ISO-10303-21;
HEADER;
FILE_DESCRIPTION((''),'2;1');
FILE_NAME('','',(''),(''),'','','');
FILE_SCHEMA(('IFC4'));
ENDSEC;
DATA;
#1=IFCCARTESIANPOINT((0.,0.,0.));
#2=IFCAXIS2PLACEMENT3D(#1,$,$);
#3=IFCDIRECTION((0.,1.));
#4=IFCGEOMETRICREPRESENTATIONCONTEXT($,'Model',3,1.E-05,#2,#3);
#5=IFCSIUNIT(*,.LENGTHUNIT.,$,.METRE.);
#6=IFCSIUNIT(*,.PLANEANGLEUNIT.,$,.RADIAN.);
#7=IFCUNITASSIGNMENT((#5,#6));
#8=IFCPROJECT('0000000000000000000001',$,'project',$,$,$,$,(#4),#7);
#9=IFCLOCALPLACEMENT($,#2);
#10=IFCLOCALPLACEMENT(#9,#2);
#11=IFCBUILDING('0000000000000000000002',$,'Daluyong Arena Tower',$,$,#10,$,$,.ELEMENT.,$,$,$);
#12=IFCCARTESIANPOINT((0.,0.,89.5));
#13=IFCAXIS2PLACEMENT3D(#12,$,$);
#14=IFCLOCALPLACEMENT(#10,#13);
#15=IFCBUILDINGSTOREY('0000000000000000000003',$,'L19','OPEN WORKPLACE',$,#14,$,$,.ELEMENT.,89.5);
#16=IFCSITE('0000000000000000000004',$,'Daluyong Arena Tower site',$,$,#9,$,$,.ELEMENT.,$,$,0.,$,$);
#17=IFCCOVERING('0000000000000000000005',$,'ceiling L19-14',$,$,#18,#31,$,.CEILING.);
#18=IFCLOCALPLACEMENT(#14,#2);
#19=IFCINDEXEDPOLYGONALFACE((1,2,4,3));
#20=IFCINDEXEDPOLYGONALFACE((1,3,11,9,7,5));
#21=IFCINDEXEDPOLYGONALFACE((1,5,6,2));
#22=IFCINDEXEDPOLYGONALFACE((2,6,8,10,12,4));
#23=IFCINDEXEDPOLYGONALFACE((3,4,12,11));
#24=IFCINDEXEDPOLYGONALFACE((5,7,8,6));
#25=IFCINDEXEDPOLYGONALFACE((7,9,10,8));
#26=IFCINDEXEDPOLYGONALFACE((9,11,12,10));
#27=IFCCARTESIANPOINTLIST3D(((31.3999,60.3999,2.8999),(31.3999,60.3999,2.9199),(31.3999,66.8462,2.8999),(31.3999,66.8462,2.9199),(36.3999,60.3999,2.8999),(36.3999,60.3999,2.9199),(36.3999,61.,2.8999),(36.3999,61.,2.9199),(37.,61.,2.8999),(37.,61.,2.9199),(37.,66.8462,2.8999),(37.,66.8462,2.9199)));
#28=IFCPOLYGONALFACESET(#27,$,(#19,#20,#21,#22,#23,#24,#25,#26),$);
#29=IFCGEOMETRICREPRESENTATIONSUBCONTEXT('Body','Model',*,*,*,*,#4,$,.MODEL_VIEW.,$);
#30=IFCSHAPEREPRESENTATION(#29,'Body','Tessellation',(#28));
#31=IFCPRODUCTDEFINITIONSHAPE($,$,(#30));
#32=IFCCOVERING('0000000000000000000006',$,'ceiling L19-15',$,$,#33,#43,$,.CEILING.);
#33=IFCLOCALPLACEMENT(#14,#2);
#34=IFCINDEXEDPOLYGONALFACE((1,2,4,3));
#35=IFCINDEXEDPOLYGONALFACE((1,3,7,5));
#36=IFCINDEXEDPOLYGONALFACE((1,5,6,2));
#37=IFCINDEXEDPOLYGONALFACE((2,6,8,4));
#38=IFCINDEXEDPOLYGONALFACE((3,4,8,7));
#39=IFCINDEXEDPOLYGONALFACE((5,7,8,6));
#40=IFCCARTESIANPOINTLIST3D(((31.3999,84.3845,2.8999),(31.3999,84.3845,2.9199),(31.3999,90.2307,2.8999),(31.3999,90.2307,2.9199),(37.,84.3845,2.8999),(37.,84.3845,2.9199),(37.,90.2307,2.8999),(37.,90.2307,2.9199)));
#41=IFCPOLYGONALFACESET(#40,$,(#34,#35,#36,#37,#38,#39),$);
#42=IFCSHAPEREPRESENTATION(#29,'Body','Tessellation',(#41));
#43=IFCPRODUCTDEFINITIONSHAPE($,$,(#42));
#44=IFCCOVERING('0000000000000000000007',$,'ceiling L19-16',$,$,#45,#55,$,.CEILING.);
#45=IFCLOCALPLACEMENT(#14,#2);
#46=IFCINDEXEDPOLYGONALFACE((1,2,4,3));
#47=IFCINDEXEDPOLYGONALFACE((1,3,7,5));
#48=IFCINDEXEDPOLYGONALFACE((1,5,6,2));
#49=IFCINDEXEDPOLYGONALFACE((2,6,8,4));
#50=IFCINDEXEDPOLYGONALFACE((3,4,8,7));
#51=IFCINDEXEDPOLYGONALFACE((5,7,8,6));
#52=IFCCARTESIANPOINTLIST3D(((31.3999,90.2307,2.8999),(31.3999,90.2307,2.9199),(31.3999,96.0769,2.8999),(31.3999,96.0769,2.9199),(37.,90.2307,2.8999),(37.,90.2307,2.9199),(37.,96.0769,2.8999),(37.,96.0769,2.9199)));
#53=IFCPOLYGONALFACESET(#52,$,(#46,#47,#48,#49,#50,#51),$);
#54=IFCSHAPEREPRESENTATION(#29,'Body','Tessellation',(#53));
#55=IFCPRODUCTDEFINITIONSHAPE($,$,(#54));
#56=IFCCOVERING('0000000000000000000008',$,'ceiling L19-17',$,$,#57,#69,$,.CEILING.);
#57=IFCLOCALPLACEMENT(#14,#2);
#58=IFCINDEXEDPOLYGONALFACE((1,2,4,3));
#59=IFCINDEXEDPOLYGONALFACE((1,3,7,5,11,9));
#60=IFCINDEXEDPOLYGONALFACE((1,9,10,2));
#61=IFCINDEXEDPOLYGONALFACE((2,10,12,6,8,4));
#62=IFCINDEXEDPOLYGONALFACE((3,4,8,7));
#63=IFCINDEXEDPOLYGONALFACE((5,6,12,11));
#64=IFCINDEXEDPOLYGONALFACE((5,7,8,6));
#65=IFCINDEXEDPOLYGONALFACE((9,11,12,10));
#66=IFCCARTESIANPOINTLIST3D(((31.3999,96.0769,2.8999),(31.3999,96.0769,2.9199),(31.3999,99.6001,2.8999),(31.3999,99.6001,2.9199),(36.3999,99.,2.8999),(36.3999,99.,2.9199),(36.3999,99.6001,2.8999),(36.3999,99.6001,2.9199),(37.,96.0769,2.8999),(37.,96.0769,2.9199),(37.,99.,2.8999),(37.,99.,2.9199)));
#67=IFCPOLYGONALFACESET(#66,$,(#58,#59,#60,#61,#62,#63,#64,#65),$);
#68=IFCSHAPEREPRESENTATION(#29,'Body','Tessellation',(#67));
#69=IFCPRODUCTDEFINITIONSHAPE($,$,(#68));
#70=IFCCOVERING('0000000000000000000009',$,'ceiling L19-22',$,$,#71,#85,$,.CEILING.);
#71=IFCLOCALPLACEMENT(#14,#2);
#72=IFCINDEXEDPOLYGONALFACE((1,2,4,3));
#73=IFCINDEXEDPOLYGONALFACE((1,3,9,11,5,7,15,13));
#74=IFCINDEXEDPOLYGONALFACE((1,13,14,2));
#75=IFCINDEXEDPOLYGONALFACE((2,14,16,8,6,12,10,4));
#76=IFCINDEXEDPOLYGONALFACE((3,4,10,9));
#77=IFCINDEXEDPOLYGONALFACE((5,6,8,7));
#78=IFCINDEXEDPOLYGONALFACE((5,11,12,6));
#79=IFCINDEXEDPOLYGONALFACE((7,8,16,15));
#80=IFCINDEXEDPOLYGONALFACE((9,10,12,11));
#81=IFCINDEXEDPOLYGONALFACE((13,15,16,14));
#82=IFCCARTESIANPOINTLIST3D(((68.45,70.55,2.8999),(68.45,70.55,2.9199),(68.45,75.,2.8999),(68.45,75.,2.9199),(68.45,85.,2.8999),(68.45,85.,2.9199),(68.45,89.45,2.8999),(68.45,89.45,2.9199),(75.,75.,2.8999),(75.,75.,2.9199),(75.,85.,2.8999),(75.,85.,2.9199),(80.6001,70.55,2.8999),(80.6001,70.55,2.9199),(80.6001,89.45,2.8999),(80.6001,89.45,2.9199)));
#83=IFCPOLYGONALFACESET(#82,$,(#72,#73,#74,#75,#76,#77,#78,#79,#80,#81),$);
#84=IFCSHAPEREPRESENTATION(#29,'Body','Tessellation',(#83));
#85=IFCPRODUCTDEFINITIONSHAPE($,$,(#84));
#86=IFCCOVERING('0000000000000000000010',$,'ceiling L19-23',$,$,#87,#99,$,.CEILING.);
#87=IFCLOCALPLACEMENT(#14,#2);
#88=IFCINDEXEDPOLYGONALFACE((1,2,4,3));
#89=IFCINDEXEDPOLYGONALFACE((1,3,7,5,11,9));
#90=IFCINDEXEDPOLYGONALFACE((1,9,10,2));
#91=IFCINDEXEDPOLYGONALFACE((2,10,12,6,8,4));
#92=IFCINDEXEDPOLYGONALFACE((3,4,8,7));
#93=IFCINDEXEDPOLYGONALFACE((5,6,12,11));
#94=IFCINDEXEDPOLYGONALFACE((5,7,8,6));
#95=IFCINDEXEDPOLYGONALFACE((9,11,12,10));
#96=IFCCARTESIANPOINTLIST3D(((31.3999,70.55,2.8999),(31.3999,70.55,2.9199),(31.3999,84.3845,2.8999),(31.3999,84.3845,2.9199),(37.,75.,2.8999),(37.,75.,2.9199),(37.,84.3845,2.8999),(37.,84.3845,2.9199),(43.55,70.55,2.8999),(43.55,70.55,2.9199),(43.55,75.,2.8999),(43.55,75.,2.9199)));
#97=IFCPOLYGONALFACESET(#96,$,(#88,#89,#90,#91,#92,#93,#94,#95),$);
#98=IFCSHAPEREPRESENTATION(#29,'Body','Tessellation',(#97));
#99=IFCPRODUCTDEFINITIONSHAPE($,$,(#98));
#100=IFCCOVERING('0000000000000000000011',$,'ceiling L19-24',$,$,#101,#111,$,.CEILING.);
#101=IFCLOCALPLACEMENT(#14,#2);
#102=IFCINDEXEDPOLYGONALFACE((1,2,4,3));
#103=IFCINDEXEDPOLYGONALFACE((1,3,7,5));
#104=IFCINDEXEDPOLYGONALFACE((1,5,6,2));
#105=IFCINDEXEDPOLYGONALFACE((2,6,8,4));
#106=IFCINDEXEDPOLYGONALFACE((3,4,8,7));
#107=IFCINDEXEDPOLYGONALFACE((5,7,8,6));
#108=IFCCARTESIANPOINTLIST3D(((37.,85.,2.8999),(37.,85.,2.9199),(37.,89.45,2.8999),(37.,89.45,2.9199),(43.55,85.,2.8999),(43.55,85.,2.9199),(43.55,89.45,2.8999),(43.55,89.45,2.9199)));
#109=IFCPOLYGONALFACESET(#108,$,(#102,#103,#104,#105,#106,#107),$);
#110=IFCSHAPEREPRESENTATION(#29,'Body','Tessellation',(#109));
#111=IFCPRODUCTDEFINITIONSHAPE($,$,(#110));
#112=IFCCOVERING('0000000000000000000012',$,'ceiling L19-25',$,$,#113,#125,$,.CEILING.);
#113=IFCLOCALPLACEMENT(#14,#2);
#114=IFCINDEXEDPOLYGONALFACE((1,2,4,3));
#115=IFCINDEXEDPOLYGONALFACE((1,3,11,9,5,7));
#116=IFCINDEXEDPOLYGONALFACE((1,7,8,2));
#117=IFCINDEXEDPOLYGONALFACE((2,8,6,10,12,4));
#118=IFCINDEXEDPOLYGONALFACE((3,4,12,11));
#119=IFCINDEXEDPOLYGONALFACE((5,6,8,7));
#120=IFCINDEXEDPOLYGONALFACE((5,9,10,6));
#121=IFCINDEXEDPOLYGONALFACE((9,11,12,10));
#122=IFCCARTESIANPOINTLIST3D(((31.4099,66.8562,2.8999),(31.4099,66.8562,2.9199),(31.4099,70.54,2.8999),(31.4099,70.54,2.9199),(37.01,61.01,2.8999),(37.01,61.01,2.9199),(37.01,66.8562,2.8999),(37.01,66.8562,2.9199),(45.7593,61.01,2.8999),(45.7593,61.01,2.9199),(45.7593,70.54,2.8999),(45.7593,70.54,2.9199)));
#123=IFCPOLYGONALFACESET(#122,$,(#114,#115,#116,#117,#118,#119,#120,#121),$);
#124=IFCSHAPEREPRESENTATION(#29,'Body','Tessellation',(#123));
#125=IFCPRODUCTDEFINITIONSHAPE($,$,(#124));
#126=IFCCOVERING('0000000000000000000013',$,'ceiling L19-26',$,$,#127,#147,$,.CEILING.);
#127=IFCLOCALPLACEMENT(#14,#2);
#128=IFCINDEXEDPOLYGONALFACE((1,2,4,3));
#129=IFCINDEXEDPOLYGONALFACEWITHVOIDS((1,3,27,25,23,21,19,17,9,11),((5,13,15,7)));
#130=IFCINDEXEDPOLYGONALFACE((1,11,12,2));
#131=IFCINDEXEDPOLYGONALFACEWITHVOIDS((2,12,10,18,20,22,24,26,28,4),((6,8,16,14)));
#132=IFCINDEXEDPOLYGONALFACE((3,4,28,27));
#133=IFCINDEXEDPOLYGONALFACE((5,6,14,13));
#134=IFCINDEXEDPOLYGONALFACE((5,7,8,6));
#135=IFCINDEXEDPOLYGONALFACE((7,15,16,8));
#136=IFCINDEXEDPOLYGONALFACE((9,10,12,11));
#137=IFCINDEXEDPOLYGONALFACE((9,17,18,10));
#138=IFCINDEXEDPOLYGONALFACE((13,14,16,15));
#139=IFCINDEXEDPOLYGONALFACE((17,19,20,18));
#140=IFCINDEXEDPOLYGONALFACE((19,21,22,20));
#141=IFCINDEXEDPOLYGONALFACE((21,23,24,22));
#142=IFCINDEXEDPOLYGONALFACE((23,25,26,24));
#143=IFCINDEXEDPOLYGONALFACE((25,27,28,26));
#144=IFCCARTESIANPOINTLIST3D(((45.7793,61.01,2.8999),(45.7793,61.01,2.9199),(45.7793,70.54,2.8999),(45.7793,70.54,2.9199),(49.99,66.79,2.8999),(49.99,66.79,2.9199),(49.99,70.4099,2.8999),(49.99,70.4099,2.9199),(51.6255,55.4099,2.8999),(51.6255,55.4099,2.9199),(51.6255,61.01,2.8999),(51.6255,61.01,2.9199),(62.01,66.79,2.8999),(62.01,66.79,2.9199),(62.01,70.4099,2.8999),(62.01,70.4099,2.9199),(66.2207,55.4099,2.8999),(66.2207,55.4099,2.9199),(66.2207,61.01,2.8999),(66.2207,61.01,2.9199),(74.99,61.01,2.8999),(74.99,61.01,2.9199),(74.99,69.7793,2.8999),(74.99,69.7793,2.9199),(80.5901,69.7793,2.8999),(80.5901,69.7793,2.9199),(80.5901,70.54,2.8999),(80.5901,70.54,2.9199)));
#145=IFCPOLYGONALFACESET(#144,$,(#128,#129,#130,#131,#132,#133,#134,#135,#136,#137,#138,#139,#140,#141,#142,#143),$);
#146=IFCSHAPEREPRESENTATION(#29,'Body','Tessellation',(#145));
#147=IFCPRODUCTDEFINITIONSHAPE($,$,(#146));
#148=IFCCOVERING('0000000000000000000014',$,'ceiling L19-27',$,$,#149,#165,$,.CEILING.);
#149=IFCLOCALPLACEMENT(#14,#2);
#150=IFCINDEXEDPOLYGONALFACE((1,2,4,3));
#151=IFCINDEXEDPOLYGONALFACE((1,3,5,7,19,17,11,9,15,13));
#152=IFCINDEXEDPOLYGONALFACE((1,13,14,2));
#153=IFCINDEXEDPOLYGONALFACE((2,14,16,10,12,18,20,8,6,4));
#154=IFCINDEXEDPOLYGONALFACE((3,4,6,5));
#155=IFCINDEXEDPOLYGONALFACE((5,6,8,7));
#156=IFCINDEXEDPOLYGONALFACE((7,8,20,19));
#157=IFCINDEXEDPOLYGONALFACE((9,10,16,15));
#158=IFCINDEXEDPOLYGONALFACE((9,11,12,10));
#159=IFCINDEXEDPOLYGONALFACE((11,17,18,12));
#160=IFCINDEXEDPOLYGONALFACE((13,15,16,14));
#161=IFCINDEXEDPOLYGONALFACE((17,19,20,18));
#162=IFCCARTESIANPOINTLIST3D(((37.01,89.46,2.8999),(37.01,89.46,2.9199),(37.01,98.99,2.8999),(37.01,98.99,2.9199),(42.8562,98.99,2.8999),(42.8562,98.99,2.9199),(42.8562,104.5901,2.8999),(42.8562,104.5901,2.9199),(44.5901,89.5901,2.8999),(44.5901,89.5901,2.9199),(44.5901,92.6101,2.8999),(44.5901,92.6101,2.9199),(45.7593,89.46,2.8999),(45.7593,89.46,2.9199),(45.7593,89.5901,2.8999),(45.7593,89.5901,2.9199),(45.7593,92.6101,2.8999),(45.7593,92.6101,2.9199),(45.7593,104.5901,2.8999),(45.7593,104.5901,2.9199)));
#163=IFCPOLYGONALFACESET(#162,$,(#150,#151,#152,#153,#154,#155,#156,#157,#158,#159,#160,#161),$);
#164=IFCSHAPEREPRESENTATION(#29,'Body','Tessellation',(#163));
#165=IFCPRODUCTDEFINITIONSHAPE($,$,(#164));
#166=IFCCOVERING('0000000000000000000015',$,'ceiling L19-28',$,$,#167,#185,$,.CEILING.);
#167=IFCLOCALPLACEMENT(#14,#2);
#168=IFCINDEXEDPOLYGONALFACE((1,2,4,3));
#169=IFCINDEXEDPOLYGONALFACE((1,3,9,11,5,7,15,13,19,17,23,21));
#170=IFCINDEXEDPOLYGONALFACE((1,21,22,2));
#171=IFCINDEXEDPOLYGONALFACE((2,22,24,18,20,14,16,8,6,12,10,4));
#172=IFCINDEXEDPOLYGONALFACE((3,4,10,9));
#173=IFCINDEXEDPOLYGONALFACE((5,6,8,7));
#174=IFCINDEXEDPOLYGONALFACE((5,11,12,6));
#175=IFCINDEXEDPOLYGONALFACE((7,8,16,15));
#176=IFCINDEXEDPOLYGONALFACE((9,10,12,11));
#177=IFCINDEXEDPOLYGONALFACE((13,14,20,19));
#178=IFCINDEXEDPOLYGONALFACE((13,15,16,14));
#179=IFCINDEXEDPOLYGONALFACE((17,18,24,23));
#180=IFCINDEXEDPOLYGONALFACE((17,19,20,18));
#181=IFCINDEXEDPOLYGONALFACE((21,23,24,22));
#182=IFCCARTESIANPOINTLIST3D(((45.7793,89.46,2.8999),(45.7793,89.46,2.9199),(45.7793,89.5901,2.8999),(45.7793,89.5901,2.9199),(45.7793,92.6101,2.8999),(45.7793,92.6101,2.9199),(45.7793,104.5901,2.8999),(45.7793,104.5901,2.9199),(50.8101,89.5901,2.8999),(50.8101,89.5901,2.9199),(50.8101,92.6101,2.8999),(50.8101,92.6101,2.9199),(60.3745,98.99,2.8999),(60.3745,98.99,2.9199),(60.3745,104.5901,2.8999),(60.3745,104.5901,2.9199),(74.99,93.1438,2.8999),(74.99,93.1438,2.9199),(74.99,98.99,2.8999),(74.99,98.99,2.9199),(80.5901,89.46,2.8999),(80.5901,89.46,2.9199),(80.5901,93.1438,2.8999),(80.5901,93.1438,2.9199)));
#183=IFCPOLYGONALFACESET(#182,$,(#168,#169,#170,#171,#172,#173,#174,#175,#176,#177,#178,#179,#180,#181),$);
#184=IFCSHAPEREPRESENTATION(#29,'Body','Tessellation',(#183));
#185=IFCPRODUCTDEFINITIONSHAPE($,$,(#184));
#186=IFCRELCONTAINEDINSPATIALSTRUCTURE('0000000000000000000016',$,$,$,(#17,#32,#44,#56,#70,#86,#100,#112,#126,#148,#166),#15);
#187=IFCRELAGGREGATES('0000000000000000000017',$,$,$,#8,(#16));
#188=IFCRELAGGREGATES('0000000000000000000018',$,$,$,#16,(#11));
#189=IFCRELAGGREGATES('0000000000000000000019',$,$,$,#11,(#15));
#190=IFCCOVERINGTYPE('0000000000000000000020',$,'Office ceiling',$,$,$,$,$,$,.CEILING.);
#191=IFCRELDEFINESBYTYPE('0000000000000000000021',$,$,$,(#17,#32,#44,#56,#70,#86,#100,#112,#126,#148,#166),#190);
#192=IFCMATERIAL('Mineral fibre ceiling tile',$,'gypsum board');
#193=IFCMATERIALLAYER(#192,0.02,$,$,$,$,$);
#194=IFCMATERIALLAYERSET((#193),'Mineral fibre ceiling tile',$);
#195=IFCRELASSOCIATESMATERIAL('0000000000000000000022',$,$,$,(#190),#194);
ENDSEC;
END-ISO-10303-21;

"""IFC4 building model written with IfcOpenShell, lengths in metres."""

from ifc_helpers import new_model, si_unit, direction, frame, origin, place, context, subcontext, project, spatial, polyline, outline, extrude, material, layer, layer_set, type_object, element, save


model = new_model("IFC4")

# Units and contexts
model_context = context("Model", 3, precision=1e-05, world=origin(), true_north=direction((0.0, 1.0)))
body_context = subcontext(model_context, "Body", "Model", "MODEL_VIEW")
ifc_project = project(units=[si_unit("LENGTHUNIT", "METRE"), si_unit("PLANEANGLEUNIT", "RADIAN")], contexts=[model_context])

# Site, building, storey
site_placement = place(None, origin())
site = spatial("IfcSite", under=ifc_project, at=site_placement, Name="Daluyong Arena Tower site", CompositionType="ELEMENT", RefElevation=0.0)
building_placement = place(site_placement, origin())
building = spatial("IfcBuilding", under=site, at=building_placement, Name="Daluyong Arena Tower", CompositionType="ELEMENT")
storey_placement = place(building_placement, frame((0.0, 0.0, 89.5)))
storey = spatial("IfcBuildingStorey", under=building, at=storey_placement, Name="L19", Description="OPEN WORKPLACE", CompositionType="ELEMENT", Elevation=89.5)

# Coverings
ifc_material_1 = material(Name="Mineral fibre ceiling tile", Category="gypsum board")
ifc_layer_1 = layer(ifc_material_1, 0.02)
ifc_layer_set_1 = layer_set([ifc_layer_1], Name="Mineral fibre ceiling tile")
covering_type = type_object("IfcCoveringType", Name="Office ceiling", PredefinedType="CEILING", material=ifc_layer_set_1)
covering_1_placement = place(storey_placement, frame((0.0, 0.0, 2.8999)))
element("IfcCovering", 1, at=covering_1_placement, inside=storey, type_object=covering_type, Name="ceiling L19-14", PredefinedType="CEILING", context=body_context, shape_type="SweptSolid", body=[
    extrude(outline(polyline([(31.3999, 60.3999), (36.3999, 60.3999), (36.3999, 61.0), (37.0, 61.0), (37.0, 66.8462), (31.3999, 66.8462), (31.3999, 60.3999)])), origin(), (0.0, 0.0, 1.0), 0.02),
])
covering_2_placement = place(storey_placement, frame((0.0, 0.0, 2.8999)))
element("IfcCovering", 2, at=covering_2_placement, inside=storey, type_object=covering_type, Name="ceiling L19-15", PredefinedType="CEILING", context=body_context, shape_type="SweptSolid", body=[
    extrude(outline(polyline([(37.0, 90.2307), (31.3999, 90.2307), (31.3999, 84.3845), (37.0, 84.3845), (37.0, 90.2307)])), origin(), (0.0, 0.0, 1.0), 0.02),
])
covering_3_placement = place(storey_placement, frame((0.0, 0.0, 2.8999)))
element("IfcCovering", 3, at=covering_3_placement, inside=storey, type_object=covering_type, Name="ceiling L19-16", PredefinedType="CEILING", context=body_context, shape_type="SweptSolid", body=[
    extrude(outline(polyline([(37.0, 96.0769), (31.3999, 96.0769), (31.3999, 90.2307), (37.0, 90.2307), (37.0, 96.0769)])), origin(), (0.0, 0.0, 1.0), 0.02),
])
covering_4_placement = place(storey_placement, frame((0.0, 0.0, 2.8999)))
element("IfcCovering", 4, at=covering_4_placement, inside=storey, type_object=covering_type, Name="ceiling L19-17", PredefinedType="CEILING", context=body_context, shape_type="SweptSolid", body=[
    extrude(outline(polyline([(37.0, 96.0769), (37.0, 99.0), (36.3999, 99.0), (36.3999, 99.6001), (31.3999, 99.6001), (31.3999, 96.0769), (37.0, 96.0769)])), origin(), (0.0, 0.0, 1.0), 0.02),
])
covering_5_placement = place(storey_placement, frame((0.0, 0.0, 2.8999)))
element("IfcCovering", 5, at=covering_5_placement, inside=storey, type_object=covering_type, Name="ceiling L19-22", PredefinedType="CEILING", context=body_context, shape_type="SweptSolid", body=[
    extrude(outline(polyline([(68.45, 75.0), (68.45, 70.55), (80.6001, 70.55), (80.6001, 89.45), (68.45, 89.45), (68.45, 85.0), (75.0, 85.0), (75.0, 75.0), (68.45, 75.0)])), origin(), (0.0, 0.0, 1.0), 0.02),
])
covering_6_placement = place(storey_placement, frame((0.0, 0.0, 2.8999)))
element("IfcCovering", 6, at=covering_6_placement, inside=storey, type_object=covering_type, Name="ceiling L19-23", PredefinedType="CEILING", context=body_context, shape_type="SweptSolid", body=[
    extrude(outline(polyline([(43.55, 75.0), (37.0, 75.0), (37.0, 84.3845), (31.3999, 84.3845), (31.3999, 70.55), (43.55, 70.55), (43.55, 75.0)])), origin(), (0.0, 0.0, 1.0), 0.02),
])
covering_7_placement = place(storey_placement, frame((0.0, 0.0, 2.8999)))
element("IfcCovering", 7, at=covering_7_placement, inside=storey, type_object=covering_type, Name="ceiling L19-24", PredefinedType="CEILING", context=body_context, shape_type="SweptSolid", body=[
    extrude(outline(polyline([(43.55, 85.0), (43.55, 89.45), (37.0, 89.45), (37.0, 85.0), (43.55, 85.0)])), origin(), (0.0, 0.0, 1.0), 0.02),
])
covering_8_placement = place(storey_placement, frame((0.0, 0.0, 2.8999)))
element("IfcCovering", 8, at=covering_8_placement, inside=storey, type_object=covering_type, Name="ceiling L19-25", PredefinedType="CEILING", context=body_context, shape_type="SweptSolid", body=[
    extrude(outline(polyline([(37.01, 61.01), (45.7593, 61.01), (45.7593, 70.54), (31.4099, 70.54), (31.4099, 66.8562), (37.01, 66.8562), (37.01, 61.01)])), origin(), (0.0, 0.0, 1.0), 0.02),
])
covering_9_placement = place(storey_placement, frame((0.0, 0.0, 2.8999)))
element("IfcCovering", 9, at=covering_9_placement, inside=storey, type_object=covering_type, Name="ceiling L19-26", PredefinedType="CEILING", context=body_context, shape_type="SweptSolid", body=[
    extrude(outline(polyline([(74.99, 61.01), (74.99, 69.7793), (80.5901, 69.7793), (80.5901, 70.54), (45.7793, 70.54), (45.7793, 61.01), (51.6255, 61.01), (51.6255, 55.4099), (66.2207, 55.4099), (66.2207, 61.01), (74.99, 61.01)]), holes=[polyline([(62.01, 66.79), (49.99, 66.79), (49.99, 70.4099), (62.01, 70.4099), (62.01, 66.79)])]), origin(), (0.0, 0.0, 1.0), 0.02),
])
covering_10_placement = place(storey_placement, frame((0.0, 0.0, 2.8999)))
element("IfcCovering", 10, at=covering_10_placement, inside=storey, type_object=covering_type, Name="ceiling L19-27", PredefinedType="CEILING", context=body_context, shape_type="SweptSolid", body=[
    extrude(outline(polyline([(37.01, 98.99), (37.01, 89.46), (45.7593, 89.46), (45.7593, 89.5901), (44.5901, 89.5901), (44.5901, 92.6101), (45.7593, 92.6101), (45.7593, 104.5901), (42.8562, 104.5901), (42.8562, 98.99), (37.01, 98.99)])), origin(), (0.0, 0.0, 1.0), 0.02),
])
covering_11_placement = place(storey_placement, frame((0.0, 0.0, 2.8999)))
element("IfcCovering", 11, at=covering_11_placement, inside=storey, type_object=covering_type, Name="ceiling L19-28", PredefinedType="CEILING", context=body_context, shape_type="SweptSolid", body=[
    extrude(outline(polyline([(45.7793, 89.5901), (45.7793, 89.46), (80.5901, 89.46), (80.5901, 93.1438), (74.99, 93.1438), (74.99, 98.99), (60.3745, 98.99), (60.3745, 104.5901), (45.7793, 104.5901), (45.7793, 92.6101), (50.8101, 92.6101), (50.8101, 89.5901), (45.7793, 89.5901)])), origin(), (0.0, 0.0, 1.0), 0.02),
])

save(model, "model.ifc")
